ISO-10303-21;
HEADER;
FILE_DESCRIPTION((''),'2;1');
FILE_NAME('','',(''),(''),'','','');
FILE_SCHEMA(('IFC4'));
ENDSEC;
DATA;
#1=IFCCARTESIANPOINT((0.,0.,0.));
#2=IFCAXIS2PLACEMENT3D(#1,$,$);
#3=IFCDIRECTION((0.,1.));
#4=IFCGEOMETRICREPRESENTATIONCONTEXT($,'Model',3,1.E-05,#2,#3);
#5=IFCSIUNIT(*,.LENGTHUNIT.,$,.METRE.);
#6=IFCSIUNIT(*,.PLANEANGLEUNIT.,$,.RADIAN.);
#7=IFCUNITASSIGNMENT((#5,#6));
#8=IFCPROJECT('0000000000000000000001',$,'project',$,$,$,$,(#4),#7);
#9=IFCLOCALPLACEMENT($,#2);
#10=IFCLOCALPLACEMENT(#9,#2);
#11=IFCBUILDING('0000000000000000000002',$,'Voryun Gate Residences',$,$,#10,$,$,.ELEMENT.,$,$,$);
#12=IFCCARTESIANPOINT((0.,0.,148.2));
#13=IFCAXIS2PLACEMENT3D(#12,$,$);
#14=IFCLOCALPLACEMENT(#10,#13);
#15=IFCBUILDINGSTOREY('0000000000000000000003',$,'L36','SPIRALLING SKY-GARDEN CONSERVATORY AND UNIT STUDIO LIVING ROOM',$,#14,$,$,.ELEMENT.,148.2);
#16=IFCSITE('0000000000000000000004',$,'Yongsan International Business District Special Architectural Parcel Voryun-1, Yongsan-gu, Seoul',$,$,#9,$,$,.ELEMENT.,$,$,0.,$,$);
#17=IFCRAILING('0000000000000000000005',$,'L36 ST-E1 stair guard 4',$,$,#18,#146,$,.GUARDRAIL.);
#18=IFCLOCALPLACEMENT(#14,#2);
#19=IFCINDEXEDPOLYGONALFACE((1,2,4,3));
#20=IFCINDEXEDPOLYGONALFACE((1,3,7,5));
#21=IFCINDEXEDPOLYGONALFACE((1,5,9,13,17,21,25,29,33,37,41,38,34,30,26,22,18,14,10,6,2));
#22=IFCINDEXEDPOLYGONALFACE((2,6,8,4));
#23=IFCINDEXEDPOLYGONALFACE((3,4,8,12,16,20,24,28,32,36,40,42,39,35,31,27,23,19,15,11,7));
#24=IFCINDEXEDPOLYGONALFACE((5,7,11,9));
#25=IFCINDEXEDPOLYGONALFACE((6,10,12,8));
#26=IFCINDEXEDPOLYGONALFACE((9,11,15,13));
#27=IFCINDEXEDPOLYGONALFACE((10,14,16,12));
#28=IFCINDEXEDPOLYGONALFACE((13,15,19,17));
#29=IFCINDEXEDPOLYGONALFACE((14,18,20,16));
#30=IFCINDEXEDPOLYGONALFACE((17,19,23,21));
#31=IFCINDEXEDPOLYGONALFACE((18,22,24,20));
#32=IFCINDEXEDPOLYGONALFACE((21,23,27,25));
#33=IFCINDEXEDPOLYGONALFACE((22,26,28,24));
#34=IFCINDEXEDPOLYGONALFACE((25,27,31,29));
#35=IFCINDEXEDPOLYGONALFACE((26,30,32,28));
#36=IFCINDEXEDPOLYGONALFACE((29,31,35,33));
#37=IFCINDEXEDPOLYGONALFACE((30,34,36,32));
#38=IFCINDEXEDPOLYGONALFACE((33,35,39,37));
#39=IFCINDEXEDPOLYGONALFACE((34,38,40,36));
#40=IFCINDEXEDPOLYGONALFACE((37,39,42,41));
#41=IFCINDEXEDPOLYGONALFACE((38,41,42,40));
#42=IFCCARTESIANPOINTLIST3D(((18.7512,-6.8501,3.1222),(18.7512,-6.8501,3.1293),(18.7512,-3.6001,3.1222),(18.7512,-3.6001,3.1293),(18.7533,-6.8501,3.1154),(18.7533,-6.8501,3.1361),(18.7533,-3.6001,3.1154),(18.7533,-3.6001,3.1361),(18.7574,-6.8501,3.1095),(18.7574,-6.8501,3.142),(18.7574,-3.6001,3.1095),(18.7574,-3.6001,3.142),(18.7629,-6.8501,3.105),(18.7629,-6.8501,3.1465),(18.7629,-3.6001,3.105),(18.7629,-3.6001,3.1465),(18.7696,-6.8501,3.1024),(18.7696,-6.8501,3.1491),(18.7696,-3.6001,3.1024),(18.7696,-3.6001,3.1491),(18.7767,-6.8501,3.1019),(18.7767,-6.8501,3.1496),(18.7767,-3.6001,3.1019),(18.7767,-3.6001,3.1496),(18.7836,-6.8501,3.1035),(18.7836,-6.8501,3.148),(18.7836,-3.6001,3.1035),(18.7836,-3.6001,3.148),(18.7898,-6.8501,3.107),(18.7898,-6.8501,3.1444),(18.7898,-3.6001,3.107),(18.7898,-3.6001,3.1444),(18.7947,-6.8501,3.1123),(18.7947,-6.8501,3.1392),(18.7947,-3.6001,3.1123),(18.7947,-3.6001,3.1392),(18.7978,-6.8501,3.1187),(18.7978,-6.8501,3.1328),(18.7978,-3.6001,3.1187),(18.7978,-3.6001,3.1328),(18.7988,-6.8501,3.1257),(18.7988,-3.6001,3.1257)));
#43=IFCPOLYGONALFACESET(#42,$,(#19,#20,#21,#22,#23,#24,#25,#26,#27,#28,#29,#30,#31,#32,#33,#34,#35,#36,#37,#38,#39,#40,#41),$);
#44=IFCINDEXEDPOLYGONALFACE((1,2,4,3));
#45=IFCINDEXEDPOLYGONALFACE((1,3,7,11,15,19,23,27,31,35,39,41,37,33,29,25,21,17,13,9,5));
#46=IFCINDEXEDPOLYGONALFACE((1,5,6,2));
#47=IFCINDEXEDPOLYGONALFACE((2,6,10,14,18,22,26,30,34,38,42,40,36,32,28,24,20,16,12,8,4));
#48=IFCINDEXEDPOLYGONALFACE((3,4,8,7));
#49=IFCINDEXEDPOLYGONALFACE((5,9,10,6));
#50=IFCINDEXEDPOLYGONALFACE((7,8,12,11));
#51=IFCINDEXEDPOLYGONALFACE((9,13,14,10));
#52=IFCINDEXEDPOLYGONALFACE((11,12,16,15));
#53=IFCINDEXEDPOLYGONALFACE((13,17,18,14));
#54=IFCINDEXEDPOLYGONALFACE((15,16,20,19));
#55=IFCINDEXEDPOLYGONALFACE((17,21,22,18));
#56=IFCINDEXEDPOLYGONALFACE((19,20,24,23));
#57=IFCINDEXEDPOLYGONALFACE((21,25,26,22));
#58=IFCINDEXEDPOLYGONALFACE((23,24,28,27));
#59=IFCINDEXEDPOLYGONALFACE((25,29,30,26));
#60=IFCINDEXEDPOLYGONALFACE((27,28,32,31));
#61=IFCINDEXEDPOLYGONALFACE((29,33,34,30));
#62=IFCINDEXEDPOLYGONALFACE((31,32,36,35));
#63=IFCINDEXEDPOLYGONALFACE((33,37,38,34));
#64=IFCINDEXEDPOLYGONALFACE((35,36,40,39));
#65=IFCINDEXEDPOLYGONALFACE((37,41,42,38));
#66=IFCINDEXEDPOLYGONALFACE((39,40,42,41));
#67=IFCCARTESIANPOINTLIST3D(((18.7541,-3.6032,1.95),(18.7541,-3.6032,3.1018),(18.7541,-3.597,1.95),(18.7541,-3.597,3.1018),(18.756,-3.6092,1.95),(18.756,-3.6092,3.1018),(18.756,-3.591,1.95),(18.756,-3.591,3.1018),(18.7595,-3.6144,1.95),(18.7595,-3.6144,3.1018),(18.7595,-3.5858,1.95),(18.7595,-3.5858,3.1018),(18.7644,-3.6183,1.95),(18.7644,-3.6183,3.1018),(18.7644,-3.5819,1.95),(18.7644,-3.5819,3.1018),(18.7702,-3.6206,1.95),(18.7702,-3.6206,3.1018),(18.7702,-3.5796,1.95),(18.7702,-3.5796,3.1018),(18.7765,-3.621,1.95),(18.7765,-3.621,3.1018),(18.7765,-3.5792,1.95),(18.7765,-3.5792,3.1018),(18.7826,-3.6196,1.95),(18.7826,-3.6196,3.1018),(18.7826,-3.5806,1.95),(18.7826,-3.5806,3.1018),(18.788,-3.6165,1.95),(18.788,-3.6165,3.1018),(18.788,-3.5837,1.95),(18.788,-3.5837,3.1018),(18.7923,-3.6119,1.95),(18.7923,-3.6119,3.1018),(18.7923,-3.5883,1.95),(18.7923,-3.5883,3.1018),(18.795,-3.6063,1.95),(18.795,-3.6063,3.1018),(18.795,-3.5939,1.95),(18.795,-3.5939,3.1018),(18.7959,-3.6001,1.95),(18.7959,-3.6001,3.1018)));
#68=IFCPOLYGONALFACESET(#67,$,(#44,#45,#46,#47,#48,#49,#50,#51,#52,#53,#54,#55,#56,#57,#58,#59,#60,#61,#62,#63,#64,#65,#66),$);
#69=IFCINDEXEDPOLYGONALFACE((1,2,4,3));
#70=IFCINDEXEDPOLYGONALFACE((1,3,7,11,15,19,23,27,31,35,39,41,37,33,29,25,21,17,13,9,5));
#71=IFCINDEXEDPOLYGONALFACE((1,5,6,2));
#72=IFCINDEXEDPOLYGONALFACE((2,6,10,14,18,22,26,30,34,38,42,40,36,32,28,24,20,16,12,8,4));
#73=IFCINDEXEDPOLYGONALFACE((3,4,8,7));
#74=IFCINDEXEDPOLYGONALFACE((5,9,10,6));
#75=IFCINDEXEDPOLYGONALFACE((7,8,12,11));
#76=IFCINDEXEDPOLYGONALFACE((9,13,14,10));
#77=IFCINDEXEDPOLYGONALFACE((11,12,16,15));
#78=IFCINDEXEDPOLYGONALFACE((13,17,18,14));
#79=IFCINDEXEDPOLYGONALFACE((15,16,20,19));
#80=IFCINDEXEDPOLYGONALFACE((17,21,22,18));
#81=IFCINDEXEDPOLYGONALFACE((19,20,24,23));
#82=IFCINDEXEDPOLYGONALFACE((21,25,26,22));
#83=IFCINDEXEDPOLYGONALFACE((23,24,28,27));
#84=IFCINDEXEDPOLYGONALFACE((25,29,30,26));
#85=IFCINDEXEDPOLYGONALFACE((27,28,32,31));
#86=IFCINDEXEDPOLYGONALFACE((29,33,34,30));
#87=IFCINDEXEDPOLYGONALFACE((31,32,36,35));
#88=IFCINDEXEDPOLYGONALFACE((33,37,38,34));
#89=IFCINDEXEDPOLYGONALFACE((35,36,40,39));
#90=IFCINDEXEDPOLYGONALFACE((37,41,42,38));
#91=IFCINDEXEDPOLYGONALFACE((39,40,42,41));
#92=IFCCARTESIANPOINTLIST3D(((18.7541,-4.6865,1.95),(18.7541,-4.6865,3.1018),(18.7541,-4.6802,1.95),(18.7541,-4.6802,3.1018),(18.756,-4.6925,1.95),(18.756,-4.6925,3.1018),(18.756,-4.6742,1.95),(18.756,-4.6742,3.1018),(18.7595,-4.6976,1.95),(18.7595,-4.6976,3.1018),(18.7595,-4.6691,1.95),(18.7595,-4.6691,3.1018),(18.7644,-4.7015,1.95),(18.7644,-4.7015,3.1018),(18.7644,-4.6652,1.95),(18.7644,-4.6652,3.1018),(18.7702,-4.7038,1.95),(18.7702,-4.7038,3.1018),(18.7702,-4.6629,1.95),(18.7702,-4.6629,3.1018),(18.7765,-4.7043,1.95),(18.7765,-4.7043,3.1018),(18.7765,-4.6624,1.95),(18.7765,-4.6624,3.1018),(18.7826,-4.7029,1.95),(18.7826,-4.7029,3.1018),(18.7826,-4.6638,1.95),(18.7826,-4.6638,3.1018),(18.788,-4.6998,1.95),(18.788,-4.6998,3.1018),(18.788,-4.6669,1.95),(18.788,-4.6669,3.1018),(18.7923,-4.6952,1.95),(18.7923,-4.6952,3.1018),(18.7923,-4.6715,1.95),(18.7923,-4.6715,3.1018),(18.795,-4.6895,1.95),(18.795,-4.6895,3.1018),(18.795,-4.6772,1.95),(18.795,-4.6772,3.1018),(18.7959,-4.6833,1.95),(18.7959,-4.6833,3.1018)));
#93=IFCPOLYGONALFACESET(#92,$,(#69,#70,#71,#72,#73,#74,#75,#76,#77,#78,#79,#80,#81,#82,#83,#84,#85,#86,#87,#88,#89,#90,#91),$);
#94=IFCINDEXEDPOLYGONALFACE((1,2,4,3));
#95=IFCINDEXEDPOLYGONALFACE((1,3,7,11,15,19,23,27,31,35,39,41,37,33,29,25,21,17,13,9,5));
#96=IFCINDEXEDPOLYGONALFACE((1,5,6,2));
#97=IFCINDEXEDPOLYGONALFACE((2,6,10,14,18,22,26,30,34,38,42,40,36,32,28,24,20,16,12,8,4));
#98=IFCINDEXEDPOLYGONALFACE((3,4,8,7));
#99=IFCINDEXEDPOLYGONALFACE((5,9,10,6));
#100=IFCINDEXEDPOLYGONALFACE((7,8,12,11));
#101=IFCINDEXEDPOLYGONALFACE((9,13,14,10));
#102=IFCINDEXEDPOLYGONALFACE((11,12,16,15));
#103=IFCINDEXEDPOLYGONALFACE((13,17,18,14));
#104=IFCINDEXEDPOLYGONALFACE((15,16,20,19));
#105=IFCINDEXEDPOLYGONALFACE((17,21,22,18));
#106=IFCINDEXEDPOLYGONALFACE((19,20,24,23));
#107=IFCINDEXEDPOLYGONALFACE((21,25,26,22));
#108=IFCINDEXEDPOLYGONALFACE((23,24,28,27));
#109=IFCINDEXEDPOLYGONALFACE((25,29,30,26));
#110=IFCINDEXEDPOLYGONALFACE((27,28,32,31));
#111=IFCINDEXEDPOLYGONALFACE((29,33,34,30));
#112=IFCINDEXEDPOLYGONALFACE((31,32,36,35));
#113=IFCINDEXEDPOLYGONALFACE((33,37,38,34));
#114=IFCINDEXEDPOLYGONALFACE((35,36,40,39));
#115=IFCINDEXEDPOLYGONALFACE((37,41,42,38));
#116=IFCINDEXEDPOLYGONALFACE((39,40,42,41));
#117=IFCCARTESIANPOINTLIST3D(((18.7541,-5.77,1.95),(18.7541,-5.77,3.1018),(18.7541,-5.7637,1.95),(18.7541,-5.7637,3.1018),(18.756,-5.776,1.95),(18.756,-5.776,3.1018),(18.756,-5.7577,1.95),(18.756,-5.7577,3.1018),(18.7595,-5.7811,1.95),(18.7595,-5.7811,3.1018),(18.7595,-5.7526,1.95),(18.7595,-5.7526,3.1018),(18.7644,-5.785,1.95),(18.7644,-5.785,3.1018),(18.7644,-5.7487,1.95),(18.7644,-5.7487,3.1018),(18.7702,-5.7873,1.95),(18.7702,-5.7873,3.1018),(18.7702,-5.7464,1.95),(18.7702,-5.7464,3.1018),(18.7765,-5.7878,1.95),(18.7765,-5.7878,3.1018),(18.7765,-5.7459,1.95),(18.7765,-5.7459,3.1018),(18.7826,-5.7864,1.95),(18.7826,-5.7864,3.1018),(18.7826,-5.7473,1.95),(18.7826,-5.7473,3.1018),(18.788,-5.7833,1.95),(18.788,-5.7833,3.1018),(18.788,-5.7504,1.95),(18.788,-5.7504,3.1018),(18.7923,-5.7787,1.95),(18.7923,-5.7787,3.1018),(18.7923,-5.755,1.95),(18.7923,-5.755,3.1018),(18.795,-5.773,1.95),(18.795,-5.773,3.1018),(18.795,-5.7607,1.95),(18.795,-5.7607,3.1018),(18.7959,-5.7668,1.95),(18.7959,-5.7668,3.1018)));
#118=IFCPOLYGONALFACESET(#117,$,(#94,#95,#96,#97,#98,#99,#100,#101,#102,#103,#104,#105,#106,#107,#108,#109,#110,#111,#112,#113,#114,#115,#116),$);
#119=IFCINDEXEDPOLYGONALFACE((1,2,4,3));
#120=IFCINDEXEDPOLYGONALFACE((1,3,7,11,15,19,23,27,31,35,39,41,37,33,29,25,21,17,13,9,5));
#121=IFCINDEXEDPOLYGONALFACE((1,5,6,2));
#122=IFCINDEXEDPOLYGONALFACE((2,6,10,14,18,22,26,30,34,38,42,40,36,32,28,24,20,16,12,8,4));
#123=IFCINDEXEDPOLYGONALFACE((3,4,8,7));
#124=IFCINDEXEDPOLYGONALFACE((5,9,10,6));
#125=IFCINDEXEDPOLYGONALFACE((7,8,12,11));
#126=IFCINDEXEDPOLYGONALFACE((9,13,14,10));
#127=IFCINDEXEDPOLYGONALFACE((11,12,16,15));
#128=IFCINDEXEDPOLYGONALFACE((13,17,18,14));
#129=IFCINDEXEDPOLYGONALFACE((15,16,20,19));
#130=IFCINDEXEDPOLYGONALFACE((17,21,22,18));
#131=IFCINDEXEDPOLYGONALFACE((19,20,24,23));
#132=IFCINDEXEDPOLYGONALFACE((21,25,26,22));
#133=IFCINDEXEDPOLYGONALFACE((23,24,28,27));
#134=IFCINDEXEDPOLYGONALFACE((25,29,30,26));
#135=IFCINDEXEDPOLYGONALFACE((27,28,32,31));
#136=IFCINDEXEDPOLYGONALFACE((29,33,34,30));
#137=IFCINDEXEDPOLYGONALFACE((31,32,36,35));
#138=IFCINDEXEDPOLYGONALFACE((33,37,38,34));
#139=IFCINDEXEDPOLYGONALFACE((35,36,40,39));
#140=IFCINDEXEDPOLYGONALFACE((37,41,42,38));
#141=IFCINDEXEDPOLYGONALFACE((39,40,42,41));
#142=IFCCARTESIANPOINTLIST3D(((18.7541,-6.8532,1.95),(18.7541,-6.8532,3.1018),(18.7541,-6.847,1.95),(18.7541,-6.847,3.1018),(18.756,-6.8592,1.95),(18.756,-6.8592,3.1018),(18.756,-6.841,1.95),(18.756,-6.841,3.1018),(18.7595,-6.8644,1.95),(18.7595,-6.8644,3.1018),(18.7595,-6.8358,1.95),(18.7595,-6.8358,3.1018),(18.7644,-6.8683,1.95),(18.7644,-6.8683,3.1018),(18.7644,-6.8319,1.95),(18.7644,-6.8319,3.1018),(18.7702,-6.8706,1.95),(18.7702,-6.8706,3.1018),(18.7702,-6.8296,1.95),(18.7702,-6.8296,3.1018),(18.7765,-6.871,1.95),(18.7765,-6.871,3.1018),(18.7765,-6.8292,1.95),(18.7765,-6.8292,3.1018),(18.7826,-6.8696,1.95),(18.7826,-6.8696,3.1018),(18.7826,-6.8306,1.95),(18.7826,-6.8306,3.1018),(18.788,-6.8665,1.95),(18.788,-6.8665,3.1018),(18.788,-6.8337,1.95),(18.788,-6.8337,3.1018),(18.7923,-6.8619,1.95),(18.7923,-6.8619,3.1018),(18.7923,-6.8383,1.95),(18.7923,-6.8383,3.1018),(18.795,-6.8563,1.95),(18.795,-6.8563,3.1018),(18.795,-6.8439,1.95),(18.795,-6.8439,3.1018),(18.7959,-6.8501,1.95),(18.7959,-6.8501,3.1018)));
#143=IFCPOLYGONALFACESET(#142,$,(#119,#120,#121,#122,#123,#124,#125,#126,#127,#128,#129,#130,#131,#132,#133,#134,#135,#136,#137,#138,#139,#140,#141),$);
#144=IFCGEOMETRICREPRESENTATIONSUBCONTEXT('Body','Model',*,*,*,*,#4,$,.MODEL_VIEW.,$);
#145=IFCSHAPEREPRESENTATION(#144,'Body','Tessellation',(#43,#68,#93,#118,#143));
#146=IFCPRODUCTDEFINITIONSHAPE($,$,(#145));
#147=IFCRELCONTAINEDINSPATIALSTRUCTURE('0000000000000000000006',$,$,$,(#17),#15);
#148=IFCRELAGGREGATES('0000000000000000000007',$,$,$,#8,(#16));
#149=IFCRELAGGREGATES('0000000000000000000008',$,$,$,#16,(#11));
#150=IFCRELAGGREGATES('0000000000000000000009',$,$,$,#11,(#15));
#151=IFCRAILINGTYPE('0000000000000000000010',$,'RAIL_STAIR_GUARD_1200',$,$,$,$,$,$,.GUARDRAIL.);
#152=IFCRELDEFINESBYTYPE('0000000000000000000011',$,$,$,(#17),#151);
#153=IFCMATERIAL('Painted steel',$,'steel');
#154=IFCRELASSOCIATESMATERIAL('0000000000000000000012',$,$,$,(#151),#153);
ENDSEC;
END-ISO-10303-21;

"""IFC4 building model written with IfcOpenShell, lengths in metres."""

from ifc_helpers import new_model, si_unit, direction, frame, origin, origin_2d, place, context, subcontext, project, spatial, circle, extrude, material, type_object, element, save


model = new_model("IFC4")

# Units and contexts
model_context = context("Model", 3, precision=1e-05, world=origin(), true_north=direction((0.0, 1.0)))
body_context = subcontext(model_context, "Body", "Model", "MODEL_VIEW")
ifc_project = project(units=[si_unit("LENGTHUNIT", "METRE"), si_unit("PLANEANGLEUNIT", "RADIAN")], contexts=[model_context])

# Site, building, storey
site_placement = place(None, origin())
site = spatial("IfcSite", under=ifc_project, at=site_placement, Name="Yongsan International Business District Special Architectural Parcel Voryun-1, Yongsan-gu, Seoul", CompositionType="ELEMENT", RefElevation=0.0)
building_placement = place(site_placement, origin())
building = spatial("IfcBuilding", under=site, at=building_placement, Name="Voryun Gate Residences", CompositionType="ELEMENT")
storey_placement = place(building_placement, frame((0.0, 0.0, 148.2)))
storey = spatial("IfcBuildingStorey", under=building, at=storey_placement, Name="L36", Description="SPIRALLING SKY-GARDEN CONSERVATORY AND UNIT STUDIO LIVING ROOM", CompositionType="ELEMENT", Elevation=148.2)

# Railing
ifc_material_1 = material(Name="Painted steel", Category="steel")
railing_type_1 = type_object("IfcRailingType", Name="RAIL_STAIR_GUARD_1200", PredefinedType="GUARDRAIL", material=ifc_material_1)
for number, where, name in (
    (1, (18.7749, -3.6001, 1.95), "L36 ST-E1 stair guard 4"),
):
    element("IfcRailing", number, at=place(storey_placement, frame(where)), inside=storey, type_object=railing_type_1, Name=name, PredefinedType="GUARDRAIL", context=body_context, shape_type="SweptSolid", body=[
        extrude(circle(Radius=0.0239, at=origin_2d()), frame((0.0, 0.0, 1.1758), z_axis=(0.0, -1.0, 0.0), x_axis=(1.0, 0.0, 0.0)), (0.0, 0.0, 1.0), 3.25),
        extrude(circle(Radius=0.021, at=origin_2d()), origin(), (0.0, 0.0, 1.0), 1.1519),
        extrude(circle(Radius=0.021, at=origin_2d()), frame((0.0, -1.0833, 0.0)), (0.0, 0.0, 1.0), 1.1519),
        extrude(circle(Radius=0.021, at=origin_2d()), frame((0.0, -2.1667, 0.0)), (0.0, 0.0, 1.0), 1.1519),
        extrude(circle(Radius=0.021, at=origin_2d()), frame((0.0, -3.25, 0.0)), (0.0, 0.0, 1.0), 1.1519),
    ])

save(model, "model.ifc")
